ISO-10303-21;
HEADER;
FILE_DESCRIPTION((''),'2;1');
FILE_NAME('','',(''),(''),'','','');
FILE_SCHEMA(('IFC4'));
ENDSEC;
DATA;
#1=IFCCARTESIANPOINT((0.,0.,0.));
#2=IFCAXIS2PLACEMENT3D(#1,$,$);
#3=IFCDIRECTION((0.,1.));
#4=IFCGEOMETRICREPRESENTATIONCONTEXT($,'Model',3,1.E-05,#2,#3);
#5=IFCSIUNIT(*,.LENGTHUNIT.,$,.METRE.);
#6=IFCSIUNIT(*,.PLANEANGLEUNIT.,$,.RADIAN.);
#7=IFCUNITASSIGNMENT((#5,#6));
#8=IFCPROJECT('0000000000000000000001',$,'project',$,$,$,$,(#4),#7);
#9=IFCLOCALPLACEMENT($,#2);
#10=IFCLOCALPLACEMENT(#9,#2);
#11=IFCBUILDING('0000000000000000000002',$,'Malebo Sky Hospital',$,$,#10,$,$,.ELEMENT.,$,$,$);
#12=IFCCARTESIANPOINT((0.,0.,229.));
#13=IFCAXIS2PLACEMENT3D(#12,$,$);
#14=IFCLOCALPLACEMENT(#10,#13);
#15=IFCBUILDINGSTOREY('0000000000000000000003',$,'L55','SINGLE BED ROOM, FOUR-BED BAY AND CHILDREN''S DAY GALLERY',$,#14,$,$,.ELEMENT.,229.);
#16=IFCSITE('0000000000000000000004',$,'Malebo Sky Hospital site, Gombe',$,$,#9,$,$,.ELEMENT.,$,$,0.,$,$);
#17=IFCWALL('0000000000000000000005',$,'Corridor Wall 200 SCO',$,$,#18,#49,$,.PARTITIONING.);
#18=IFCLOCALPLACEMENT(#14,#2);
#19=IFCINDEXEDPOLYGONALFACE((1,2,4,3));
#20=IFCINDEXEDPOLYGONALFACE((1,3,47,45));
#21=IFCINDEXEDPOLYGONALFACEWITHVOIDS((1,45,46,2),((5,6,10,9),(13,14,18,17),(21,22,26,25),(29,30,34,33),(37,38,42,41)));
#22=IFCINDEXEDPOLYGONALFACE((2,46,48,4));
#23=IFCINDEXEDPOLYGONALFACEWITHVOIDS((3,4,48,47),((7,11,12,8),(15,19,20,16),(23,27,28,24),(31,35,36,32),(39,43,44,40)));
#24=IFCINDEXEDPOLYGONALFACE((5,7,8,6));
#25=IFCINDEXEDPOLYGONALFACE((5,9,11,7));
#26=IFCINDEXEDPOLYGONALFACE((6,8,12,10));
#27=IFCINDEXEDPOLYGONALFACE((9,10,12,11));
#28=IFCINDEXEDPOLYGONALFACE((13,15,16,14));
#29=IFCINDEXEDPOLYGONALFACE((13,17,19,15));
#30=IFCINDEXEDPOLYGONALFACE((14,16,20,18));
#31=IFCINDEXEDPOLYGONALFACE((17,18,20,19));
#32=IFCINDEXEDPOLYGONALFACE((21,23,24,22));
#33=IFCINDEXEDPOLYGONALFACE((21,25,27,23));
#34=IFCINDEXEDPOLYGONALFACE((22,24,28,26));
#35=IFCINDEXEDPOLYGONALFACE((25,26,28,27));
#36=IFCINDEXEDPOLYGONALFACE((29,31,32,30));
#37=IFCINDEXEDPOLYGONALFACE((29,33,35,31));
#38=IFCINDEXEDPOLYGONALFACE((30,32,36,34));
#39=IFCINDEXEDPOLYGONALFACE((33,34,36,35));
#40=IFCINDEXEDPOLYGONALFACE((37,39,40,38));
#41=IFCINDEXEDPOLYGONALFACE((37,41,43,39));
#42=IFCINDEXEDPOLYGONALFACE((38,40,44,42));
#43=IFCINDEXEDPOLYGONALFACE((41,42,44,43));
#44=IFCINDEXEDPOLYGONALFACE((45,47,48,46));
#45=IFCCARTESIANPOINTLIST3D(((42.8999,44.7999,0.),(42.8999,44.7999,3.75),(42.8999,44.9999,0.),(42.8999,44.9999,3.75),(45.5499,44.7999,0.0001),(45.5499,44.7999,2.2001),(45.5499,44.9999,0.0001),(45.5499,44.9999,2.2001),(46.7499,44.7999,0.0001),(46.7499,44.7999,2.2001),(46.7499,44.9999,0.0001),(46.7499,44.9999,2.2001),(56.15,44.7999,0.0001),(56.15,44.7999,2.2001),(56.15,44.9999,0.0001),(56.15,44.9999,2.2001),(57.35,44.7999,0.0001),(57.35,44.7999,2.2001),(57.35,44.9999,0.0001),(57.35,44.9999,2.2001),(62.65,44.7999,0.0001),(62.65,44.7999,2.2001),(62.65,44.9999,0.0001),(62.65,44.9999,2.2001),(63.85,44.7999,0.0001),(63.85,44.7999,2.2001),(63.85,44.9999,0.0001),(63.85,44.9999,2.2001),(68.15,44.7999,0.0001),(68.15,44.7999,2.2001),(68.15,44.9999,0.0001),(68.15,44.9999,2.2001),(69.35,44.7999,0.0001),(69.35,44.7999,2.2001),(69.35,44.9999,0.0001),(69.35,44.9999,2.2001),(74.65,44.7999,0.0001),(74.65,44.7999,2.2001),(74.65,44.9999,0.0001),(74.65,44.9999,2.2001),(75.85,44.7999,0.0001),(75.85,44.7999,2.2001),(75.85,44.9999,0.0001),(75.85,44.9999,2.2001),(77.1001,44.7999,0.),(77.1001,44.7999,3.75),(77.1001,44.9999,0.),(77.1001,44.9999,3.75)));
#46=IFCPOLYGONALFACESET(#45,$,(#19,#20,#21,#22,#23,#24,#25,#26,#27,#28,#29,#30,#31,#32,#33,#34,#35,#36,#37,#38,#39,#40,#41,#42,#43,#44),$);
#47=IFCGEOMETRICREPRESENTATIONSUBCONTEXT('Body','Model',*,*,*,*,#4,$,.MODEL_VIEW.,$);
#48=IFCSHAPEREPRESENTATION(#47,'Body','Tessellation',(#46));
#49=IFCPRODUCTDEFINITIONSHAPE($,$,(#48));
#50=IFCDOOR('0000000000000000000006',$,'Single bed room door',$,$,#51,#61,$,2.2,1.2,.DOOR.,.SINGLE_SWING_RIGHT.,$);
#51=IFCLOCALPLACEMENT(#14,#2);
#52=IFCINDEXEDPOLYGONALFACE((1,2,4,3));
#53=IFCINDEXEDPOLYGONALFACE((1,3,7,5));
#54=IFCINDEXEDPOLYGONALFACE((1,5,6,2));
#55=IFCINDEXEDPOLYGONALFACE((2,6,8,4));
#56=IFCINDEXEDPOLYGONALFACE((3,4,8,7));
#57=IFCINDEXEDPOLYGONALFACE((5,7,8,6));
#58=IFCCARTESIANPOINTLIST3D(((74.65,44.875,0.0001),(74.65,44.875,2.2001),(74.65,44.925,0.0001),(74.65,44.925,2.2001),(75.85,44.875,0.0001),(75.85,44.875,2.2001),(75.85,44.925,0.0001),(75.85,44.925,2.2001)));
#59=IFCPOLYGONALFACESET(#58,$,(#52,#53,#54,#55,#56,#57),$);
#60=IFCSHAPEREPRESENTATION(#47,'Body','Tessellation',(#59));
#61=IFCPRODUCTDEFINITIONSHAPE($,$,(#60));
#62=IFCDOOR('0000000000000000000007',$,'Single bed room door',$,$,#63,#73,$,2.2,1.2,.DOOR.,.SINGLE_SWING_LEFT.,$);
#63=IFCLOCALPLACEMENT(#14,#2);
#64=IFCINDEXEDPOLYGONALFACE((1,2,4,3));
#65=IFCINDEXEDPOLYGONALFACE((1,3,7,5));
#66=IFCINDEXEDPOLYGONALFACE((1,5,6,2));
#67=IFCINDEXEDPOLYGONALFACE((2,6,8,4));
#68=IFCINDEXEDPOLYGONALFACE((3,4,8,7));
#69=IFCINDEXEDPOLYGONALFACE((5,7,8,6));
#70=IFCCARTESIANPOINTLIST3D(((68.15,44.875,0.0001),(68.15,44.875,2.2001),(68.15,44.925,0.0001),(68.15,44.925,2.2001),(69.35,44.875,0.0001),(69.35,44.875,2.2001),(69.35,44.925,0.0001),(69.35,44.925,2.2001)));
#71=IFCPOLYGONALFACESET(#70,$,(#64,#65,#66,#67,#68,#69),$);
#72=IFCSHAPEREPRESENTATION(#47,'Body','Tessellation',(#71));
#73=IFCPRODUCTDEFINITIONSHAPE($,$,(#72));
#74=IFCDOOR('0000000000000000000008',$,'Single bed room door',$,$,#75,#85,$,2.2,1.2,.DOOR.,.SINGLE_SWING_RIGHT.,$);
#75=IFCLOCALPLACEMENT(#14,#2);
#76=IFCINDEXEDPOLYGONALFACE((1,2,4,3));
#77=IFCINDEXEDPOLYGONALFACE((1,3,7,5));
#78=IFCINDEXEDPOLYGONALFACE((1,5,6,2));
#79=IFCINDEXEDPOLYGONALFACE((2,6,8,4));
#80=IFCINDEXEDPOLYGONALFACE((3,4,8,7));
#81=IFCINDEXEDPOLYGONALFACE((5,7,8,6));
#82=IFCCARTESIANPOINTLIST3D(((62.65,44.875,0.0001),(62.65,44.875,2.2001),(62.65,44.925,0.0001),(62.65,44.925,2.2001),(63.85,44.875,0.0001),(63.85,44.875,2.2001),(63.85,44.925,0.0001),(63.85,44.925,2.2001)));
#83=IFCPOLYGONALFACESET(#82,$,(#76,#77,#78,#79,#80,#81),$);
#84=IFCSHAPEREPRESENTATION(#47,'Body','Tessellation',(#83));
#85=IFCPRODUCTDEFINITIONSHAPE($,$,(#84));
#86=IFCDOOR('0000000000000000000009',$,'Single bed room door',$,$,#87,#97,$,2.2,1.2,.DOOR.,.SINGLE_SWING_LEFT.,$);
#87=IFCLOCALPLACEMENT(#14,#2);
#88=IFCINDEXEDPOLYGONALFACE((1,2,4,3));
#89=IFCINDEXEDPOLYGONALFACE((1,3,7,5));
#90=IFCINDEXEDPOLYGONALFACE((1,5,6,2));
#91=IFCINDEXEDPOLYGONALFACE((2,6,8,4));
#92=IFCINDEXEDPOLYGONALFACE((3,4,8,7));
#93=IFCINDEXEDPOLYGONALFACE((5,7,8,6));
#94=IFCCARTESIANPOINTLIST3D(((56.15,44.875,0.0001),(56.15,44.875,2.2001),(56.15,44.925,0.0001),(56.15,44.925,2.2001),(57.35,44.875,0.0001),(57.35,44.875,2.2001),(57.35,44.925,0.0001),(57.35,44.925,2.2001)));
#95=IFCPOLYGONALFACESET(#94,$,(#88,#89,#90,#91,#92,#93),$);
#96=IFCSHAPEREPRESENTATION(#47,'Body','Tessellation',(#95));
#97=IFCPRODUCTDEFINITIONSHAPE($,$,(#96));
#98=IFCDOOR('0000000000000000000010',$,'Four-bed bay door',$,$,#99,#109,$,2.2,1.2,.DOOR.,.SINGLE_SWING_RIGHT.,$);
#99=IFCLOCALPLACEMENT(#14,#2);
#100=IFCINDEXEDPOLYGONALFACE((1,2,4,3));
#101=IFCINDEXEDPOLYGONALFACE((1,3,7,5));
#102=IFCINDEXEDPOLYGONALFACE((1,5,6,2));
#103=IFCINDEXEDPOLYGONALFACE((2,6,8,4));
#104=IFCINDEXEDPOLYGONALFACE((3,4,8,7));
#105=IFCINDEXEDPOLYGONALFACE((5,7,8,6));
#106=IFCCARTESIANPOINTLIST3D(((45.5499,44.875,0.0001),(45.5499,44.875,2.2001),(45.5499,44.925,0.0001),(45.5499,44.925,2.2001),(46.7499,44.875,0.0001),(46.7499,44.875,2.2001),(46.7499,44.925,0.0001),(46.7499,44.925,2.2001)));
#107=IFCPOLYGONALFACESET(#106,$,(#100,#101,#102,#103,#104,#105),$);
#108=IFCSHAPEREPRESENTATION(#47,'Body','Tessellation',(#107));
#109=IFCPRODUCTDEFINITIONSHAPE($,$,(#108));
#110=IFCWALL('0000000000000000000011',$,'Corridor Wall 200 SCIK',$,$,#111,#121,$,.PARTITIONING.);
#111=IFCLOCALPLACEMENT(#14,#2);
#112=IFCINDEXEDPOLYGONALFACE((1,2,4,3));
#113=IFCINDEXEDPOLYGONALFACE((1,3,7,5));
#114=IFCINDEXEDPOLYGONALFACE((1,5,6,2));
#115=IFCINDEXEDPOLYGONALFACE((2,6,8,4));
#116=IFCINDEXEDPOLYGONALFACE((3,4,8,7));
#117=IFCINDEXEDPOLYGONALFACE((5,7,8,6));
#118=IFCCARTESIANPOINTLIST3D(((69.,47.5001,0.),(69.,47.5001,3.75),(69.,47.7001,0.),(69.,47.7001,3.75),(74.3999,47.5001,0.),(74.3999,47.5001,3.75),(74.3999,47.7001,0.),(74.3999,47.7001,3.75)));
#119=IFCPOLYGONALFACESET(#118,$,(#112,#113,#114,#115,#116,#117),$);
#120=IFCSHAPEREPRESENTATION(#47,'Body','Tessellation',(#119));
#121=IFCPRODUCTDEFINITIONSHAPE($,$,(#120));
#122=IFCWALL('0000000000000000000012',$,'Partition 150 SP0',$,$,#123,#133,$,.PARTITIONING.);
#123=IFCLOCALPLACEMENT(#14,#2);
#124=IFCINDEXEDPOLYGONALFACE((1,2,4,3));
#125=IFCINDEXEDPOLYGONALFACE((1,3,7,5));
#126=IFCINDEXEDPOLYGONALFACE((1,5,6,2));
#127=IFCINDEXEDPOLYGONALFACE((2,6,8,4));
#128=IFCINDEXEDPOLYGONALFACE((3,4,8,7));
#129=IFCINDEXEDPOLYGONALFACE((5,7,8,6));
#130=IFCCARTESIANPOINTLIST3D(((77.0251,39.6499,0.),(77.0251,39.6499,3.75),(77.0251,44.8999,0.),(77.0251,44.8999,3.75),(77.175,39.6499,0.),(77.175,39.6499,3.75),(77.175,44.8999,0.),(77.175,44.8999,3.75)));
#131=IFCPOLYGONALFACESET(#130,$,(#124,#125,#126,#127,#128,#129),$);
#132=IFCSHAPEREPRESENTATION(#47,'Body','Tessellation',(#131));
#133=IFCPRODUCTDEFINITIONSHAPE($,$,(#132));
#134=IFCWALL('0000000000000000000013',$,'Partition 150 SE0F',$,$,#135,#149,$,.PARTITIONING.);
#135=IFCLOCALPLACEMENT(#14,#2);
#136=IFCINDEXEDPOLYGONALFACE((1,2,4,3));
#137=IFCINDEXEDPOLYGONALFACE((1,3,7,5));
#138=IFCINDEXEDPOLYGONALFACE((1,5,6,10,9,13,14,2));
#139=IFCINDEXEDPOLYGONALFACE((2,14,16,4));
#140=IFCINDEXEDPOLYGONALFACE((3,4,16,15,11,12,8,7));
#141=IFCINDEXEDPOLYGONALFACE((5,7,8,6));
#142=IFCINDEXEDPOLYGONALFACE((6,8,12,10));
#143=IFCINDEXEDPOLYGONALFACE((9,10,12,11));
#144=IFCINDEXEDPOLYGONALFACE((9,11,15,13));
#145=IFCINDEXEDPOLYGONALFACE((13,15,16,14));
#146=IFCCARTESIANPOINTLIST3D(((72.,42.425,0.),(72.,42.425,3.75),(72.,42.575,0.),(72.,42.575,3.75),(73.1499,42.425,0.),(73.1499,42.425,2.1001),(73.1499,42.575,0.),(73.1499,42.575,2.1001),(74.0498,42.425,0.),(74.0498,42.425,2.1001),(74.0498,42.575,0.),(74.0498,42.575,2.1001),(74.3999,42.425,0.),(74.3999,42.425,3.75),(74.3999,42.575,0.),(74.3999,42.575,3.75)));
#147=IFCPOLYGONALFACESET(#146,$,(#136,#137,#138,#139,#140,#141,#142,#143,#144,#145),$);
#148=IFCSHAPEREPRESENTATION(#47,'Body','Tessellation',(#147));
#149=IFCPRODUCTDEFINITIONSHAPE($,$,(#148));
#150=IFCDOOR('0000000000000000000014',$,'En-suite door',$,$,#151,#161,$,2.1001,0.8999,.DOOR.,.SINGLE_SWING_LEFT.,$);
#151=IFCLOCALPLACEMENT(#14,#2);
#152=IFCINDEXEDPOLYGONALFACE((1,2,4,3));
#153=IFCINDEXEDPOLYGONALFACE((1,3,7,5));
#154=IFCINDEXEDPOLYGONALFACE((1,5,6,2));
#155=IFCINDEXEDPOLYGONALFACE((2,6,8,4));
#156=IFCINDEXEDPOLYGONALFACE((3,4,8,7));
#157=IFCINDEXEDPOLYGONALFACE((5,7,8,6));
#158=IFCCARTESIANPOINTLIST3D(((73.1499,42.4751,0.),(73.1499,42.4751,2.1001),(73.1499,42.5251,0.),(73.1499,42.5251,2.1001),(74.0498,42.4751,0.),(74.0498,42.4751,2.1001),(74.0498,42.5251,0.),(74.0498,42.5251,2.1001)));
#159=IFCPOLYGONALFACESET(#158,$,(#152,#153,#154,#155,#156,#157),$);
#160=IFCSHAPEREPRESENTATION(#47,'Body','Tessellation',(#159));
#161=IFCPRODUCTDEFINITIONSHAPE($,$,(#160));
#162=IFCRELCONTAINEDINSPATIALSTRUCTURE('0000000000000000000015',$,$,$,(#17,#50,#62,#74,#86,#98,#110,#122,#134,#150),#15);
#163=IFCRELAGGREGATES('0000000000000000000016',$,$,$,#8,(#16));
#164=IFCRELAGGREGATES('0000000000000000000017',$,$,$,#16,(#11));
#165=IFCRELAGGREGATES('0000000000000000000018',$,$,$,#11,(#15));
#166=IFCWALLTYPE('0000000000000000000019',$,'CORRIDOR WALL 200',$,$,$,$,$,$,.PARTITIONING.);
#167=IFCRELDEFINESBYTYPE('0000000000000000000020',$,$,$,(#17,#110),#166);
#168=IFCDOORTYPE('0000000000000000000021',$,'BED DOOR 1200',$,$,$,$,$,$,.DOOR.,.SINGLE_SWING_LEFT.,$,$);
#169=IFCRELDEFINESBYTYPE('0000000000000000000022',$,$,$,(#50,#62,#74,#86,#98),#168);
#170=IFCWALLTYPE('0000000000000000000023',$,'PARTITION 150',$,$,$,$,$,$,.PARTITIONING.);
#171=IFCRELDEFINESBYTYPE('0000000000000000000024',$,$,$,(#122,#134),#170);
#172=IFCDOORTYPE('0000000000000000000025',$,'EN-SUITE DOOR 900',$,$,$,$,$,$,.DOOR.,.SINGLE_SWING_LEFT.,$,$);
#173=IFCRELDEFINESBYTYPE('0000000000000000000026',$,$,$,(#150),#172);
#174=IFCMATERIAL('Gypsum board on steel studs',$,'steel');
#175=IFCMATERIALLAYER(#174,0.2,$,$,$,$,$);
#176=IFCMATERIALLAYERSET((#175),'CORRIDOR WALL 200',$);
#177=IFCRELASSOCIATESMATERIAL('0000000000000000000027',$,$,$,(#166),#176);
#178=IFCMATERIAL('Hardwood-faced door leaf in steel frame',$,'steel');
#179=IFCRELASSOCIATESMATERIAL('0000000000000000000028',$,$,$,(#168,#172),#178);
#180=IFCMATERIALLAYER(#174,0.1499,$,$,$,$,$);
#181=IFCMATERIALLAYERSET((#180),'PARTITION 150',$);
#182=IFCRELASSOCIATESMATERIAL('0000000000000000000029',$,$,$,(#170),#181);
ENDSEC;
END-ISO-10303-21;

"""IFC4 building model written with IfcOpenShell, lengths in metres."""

from ifc_helpers import new_model, si_unit, direction, frame, frame_2d, origin, place, context, subcontext, project, spatial, rectangle, extrude, material, layer, layer_set, type_object, element, fill, save


model = new_model("IFC4")

# Units and contexts
model_context = context("Model", 3, precision=1e-05, world=origin(), true_north=direction((0.0, 1.0)))
body_context = subcontext(model_context, "Body", "Model", "MODEL_VIEW")
ifc_project = project(units=[si_unit("LENGTHUNIT", "METRE"), si_unit("PLANEANGLEUNIT", "RADIAN")], contexts=[model_context])

# Site, building, storey
site_placement = place(None, origin())
site = spatial("IfcSite", under=ifc_project, at=site_placement, Name="Malebo Sky Hospital site, Gombe", CompositionType="ELEMENT", RefElevation=0.0)
building_placement = place(site_placement, origin())
building = spatial("IfcBuilding", under=site, at=building_placement, Name="Malebo Sky Hospital", CompositionType="ELEMENT")
storey_placement = place(building_placement, frame((0.0, 0.0, 229.0)))
storey = spatial("IfcBuildingStorey", under=building, at=storey_placement, Name="L55", Description="SINGLE BED ROOM, FOUR-BED BAY AND CHILDREN'S DAY GALLERY", CompositionType="ELEMENT", Elevation=229.0)

# Wall, openings, doors
ifc_material_1 = material(Name="Gypsum board on steel studs", Category="steel")
ifc_layer_1 = layer(ifc_material_1, 0.2)
ifc_layer_set_1 = layer_set([ifc_layer_1], Name="CORRIDOR WALL 200")
wall_type_1 = type_object("IfcWallType", Name="CORRIDOR WALL 200", PredefinedType="PARTITIONING", material=ifc_layer_set_1)
wall_1_placement = place(storey_placement, frame((77.1001, 44.8999, 0.0), z_axis=(0.0, 0.0, 1.0), x_axis=(-1.0, 0.0, 0.0)))
wall_1 = element("IfcWall", 1, at=wall_1_placement, inside=storey, type_object=wall_type_1, Name="Corridor Wall 200 SCO", PredefinedType="PARTITIONING", context=body_context, shape_type="SweptSolid", body=[
    extrude(rectangle(XDim=34.2002, YDim=0.2, at=frame_2d((17.1001, 0.0))), origin(), (0.0, 0.0, 1.0), 3.75),
])
opening_1_placement = place(wall_1_placement, frame((1.25, 0.0, 0.0)))
opening_1 = element("IfcOpeningElement", 2, at=opening_1_placement, cuts=wall_1, PredefinedType="OPENING", context=body_context, shape_type="SweptSolid", body=[
    extrude(rectangle(XDim=1.2, YDim=2.2, at=frame_2d((0.6001, 1.1001))), frame((0.0, 0.1099, 0.0), z_axis=(0.0, -1.0, 0.0), x_axis=(1.0, 0.0, 0.0)), (0.0, 0.0, 1.0), 0.22),
])
opening_2_placement = place(wall_1_placement, frame((7.75, 0.0, 0.0)))
opening_2 = element("IfcOpeningElement", 3, at=opening_2_placement, cuts=wall_1, PredefinedType="OPENING", context=body_context, shape_type="SweptSolid", body=[
    extrude(rectangle(XDim=1.2, YDim=2.2, at=frame_2d((0.6001, 1.1001))), frame((0.0, 0.1099, 0.0), z_axis=(0.0, -1.0, 0.0), x_axis=(1.0, 0.0, 0.0)), (0.0, 0.0, 1.0), 0.22),
])
opening_3_placement = place(wall_1_placement, frame((13.25, 0.0, 0.0)))
opening_3 = element("IfcOpeningElement", 4, at=opening_3_placement, cuts=wall_1, PredefinedType="OPENING", context=body_context, shape_type="SweptSolid", body=[
    extrude(rectangle(XDim=1.2, YDim=2.2, at=frame_2d((0.6001, 1.1001))), frame((0.0, 0.1099, 0.0), z_axis=(0.0, -1.0, 0.0), x_axis=(1.0, 0.0, 0.0)), (0.0, 0.0, 1.0), 0.22),
])
opening_4_placement = place(wall_1_placement, frame((19.75, 0.0, 0.0)))
opening_4 = element("IfcOpeningElement", 5, at=opening_4_placement, cuts=wall_1, PredefinedType="OPENING", context=body_context, shape_type="SweptSolid", body=[
    extrude(rectangle(XDim=1.2, YDim=2.2, at=frame_2d((0.6001, 1.1001))), frame((0.0, 0.1099, 0.0), z_axis=(0.0, -1.0, 0.0), x_axis=(1.0, 0.0, 0.0)), (0.0, 0.0, 1.0), 0.22),
])
opening_5_placement = place(wall_1_placement, frame((30.3501, 0.0, 0.0)))
opening_5 = element("IfcOpeningElement", 6, at=opening_5_placement, cuts=wall_1, PredefinedType="OPENING", context=body_context, shape_type="SweptSolid", body=[
    extrude(rectangle(XDim=1.2, YDim=2.2, at=frame_2d((0.6001, 1.1001))), frame((0.0, 0.1099, 0.0), z_axis=(0.0, -1.0, 0.0), x_axis=(1.0, 0.0, 0.0)), (0.0, 0.0, 1.0), 0.22),
])
ifc_material_2 = material(Name="Hardwood-faced door leaf in steel frame", Category="steel")
door_type_1 = type_object("IfcDoorType", Name="BED DOOR 1200", OperationType="SINGLE_SWING_LEFT", PredefinedType="DOOR", material=ifc_material_2)
door_1_placement = place(opening_1_placement, origin())
door_1 = element("IfcDoor", 7, at=door_1_placement, inside=storey, type_object=door_type_1, Name="Single bed room door", OperationType="SINGLE_SWING_RIGHT", OverallHeight=2.2, OverallWidth=1.2, PredefinedType="DOOR", context=body_context, shape_type="SweptSolid", body=[
    extrude(rectangle(XDim=1.2, YDim=2.2, at=frame_2d((0.6001, 1.1001))), frame((0.0, 0.0249, 0.0), z_axis=(0.0, -1.0, 0.0), x_axis=(1.0, 0.0, 0.0)), (0.0, 0.0, 1.0), 0.05),
])
fill(opening_1, door_1)
door_2_placement = place(opening_2_placement, origin())
door_2 = element("IfcDoor", 8, at=door_2_placement, inside=storey, type_object=door_type_1, Name="Single bed room door", OperationType="SINGLE_SWING_LEFT", OverallHeight=2.2, OverallWidth=1.2, PredefinedType="DOOR", context=body_context, shape_type="SweptSolid", body=[
    extrude(rectangle(XDim=1.2, YDim=2.2, at=frame_2d((0.6001, 1.1001))), frame((0.0, 0.0249, 0.0), z_axis=(0.0, -1.0, 0.0), x_axis=(1.0, 0.0, 0.0)), (0.0, 0.0, 1.0), 0.05),
])
fill(opening_2, door_2)
door_3_placement = place(opening_3_placement, origin())
door_3 = element("IfcDoor", 9, at=door_3_placement, inside=storey, type_object=door_type_1, Name="Single bed room door", OperationType="SINGLE_SWING_RIGHT", OverallHeight=2.2, OverallWidth=1.2, PredefinedType="DOOR", context=body_context, shape_type="SweptSolid", body=[
    extrude(rectangle(XDim=1.2, YDim=2.2, at=frame_2d((0.6001, 1.1001))), frame((0.0, 0.0249, 0.0), z_axis=(0.0, -1.0, 0.0), x_axis=(1.0, 0.0, 0.0)), (0.0, 0.0, 1.0), 0.05),
])
fill(opening_3, door_3)
door_4_placement = place(opening_4_placement, origin())
door_4 = element("IfcDoor", 10, at=door_4_placement, inside=storey, type_object=door_type_1, Name="Single bed room door", OperationType="SINGLE_SWING_LEFT", OverallHeight=2.2, OverallWidth=1.2, PredefinedType="DOOR", context=body_context, shape_type="SweptSolid", body=[
    extrude(rectangle(XDim=1.2, YDim=2.2, at=frame_2d((0.6001, 1.1001))), frame((0.0, 0.0249, 0.0), z_axis=(0.0, -1.0, 0.0), x_axis=(1.0, 0.0, 0.0)), (0.0, 0.0, 1.0), 0.05),
])
fill(opening_4, door_4)
door_5_placement = place(opening_5_placement, origin())
door_5 = element("IfcDoor", 11, at=door_5_placement, inside=storey, type_object=door_type_1, Name="Four-bed bay door", OperationType="SINGLE_SWING_RIGHT", OverallHeight=2.2, OverallWidth=1.2, PredefinedType="DOOR", context=body_context, shape_type="SweptSolid", body=[
    extrude(rectangle(XDim=1.2, YDim=2.2, at=frame_2d((0.6001, 1.1001))), frame((0.0, 0.0249, 0.0), z_axis=(0.0, -1.0, 0.0), x_axis=(1.0, 0.0, 0.0)), (0.0, 0.0, 1.0), 0.05),
])
fill(opening_5, door_5)

# Walls
wall_2_placement = place(storey_placement, frame((74.3999, 47.6001, 0.0), z_axis=(0.0, 0.0, 1.0), x_axis=(-1.0, 0.0, 0.0)))
element("IfcWall", 12, at=wall_2_placement, inside=storey, type_object=wall_type_1, Name="Corridor Wall 200 SCIK", PredefinedType="PARTITIONING", context=body_context, shape_type="SweptSolid", body=[
    extrude(rectangle(XDim=5.3999, YDim=0.2, at=frame_2d((2.7, 0.0))), origin(), (0.0, 0.0, 1.0), 3.75),
])
ifc_layer_2 = layer(ifc_material_1, 0.1499)
ifc_layer_set_2 = layer_set([ifc_layer_2], Name="PARTITION 150")
wall_type_2 = type_object("IfcWallType", Name="PARTITION 150", PredefinedType="PARTITIONING", material=ifc_layer_set_2)
wall_3_placement = place(storey_placement, frame((77.1001, 44.8999, 0.0), z_axis=(0.0, 0.0, 1.0), x_axis=(0.0, -1.0, 0.0)))
element("IfcWall", 13, at=wall_3_placement, inside=storey, type_object=wall_type_2, Name="Partition 150 SP0", PredefinedType="PARTITIONING", context=body_context, shape_type="SweptSolid", body=[
    extrude(rectangle(XDim=5.25, YDim=0.1499, at=frame_2d((2.625, 0.0))), origin(), (0.0, 0.0, 1.0), 3.75),
])

# Wall, opening, door
wall_4_placement = place(storey_placement, frame((74.3999, 42.5, 0.0), z_axis=(0.0, 0.0, 1.0), x_axis=(-1.0, 0.0, 0.0)))
wall_4 = element("IfcWall", 14, at=wall_4_placement, inside=storey, type_object=wall_type_2, Name="Partition 150 SE0F", PredefinedType="PARTITIONING", context=body_context, shape_type="SweptSolid", body=[
    extrude(rectangle(XDim=2.3999, YDim=0.1499, at=frame_2d((1.2, 0.0))), origin(), (0.0, 0.0, 1.0), 3.75),
])
opening_6_placement = place(wall_4_placement, frame((0.3501, 0.0, 0.0)))
opening_6 = element("IfcOpeningElement", 15, at=opening_6_placement, cuts=wall_4, PredefinedType="OPENING", context=body_context, shape_type="SweptSolid", body=[
    extrude(rectangle(XDim=0.8999, YDim=2.1001, at=frame_2d((0.45, 1.05))), frame((0.0, 0.085, 0.0), z_axis=(0.0, -1.0, 0.0), x_axis=(1.0, 0.0, 0.0)), (0.0, 0.0, 1.0), 0.1699),
])
door_type_2 = type_object("IfcDoorType", Name="EN-SUITE DOOR 900", OperationType="SINGLE_SWING_LEFT", PredefinedType="DOOR", material=ifc_material_2)
door_6_placement = place(opening_6_placement, origin())
door_6 = element("IfcDoor", 16, at=door_6_placement, inside=storey, type_object=door_type_2, Name="En-suite door", OperationType="SINGLE_SWING_LEFT", OverallHeight=2.1001, OverallWidth=0.8999, PredefinedType="DOOR", context=body_context, shape_type="SweptSolid", body=[
    extrude(rectangle(XDim=0.8999, YDim=2.1001, at=frame_2d((0.45, 1.05))), frame((0.0, 0.0249, 0.0), z_axis=(0.0, -1.0, 0.0), x_axis=(1.0, 0.0, 0.0)), (0.0, 0.0, 1.0), 0.05),
])
fill(opening_6, door_6)

save(model, "model.ifc")
